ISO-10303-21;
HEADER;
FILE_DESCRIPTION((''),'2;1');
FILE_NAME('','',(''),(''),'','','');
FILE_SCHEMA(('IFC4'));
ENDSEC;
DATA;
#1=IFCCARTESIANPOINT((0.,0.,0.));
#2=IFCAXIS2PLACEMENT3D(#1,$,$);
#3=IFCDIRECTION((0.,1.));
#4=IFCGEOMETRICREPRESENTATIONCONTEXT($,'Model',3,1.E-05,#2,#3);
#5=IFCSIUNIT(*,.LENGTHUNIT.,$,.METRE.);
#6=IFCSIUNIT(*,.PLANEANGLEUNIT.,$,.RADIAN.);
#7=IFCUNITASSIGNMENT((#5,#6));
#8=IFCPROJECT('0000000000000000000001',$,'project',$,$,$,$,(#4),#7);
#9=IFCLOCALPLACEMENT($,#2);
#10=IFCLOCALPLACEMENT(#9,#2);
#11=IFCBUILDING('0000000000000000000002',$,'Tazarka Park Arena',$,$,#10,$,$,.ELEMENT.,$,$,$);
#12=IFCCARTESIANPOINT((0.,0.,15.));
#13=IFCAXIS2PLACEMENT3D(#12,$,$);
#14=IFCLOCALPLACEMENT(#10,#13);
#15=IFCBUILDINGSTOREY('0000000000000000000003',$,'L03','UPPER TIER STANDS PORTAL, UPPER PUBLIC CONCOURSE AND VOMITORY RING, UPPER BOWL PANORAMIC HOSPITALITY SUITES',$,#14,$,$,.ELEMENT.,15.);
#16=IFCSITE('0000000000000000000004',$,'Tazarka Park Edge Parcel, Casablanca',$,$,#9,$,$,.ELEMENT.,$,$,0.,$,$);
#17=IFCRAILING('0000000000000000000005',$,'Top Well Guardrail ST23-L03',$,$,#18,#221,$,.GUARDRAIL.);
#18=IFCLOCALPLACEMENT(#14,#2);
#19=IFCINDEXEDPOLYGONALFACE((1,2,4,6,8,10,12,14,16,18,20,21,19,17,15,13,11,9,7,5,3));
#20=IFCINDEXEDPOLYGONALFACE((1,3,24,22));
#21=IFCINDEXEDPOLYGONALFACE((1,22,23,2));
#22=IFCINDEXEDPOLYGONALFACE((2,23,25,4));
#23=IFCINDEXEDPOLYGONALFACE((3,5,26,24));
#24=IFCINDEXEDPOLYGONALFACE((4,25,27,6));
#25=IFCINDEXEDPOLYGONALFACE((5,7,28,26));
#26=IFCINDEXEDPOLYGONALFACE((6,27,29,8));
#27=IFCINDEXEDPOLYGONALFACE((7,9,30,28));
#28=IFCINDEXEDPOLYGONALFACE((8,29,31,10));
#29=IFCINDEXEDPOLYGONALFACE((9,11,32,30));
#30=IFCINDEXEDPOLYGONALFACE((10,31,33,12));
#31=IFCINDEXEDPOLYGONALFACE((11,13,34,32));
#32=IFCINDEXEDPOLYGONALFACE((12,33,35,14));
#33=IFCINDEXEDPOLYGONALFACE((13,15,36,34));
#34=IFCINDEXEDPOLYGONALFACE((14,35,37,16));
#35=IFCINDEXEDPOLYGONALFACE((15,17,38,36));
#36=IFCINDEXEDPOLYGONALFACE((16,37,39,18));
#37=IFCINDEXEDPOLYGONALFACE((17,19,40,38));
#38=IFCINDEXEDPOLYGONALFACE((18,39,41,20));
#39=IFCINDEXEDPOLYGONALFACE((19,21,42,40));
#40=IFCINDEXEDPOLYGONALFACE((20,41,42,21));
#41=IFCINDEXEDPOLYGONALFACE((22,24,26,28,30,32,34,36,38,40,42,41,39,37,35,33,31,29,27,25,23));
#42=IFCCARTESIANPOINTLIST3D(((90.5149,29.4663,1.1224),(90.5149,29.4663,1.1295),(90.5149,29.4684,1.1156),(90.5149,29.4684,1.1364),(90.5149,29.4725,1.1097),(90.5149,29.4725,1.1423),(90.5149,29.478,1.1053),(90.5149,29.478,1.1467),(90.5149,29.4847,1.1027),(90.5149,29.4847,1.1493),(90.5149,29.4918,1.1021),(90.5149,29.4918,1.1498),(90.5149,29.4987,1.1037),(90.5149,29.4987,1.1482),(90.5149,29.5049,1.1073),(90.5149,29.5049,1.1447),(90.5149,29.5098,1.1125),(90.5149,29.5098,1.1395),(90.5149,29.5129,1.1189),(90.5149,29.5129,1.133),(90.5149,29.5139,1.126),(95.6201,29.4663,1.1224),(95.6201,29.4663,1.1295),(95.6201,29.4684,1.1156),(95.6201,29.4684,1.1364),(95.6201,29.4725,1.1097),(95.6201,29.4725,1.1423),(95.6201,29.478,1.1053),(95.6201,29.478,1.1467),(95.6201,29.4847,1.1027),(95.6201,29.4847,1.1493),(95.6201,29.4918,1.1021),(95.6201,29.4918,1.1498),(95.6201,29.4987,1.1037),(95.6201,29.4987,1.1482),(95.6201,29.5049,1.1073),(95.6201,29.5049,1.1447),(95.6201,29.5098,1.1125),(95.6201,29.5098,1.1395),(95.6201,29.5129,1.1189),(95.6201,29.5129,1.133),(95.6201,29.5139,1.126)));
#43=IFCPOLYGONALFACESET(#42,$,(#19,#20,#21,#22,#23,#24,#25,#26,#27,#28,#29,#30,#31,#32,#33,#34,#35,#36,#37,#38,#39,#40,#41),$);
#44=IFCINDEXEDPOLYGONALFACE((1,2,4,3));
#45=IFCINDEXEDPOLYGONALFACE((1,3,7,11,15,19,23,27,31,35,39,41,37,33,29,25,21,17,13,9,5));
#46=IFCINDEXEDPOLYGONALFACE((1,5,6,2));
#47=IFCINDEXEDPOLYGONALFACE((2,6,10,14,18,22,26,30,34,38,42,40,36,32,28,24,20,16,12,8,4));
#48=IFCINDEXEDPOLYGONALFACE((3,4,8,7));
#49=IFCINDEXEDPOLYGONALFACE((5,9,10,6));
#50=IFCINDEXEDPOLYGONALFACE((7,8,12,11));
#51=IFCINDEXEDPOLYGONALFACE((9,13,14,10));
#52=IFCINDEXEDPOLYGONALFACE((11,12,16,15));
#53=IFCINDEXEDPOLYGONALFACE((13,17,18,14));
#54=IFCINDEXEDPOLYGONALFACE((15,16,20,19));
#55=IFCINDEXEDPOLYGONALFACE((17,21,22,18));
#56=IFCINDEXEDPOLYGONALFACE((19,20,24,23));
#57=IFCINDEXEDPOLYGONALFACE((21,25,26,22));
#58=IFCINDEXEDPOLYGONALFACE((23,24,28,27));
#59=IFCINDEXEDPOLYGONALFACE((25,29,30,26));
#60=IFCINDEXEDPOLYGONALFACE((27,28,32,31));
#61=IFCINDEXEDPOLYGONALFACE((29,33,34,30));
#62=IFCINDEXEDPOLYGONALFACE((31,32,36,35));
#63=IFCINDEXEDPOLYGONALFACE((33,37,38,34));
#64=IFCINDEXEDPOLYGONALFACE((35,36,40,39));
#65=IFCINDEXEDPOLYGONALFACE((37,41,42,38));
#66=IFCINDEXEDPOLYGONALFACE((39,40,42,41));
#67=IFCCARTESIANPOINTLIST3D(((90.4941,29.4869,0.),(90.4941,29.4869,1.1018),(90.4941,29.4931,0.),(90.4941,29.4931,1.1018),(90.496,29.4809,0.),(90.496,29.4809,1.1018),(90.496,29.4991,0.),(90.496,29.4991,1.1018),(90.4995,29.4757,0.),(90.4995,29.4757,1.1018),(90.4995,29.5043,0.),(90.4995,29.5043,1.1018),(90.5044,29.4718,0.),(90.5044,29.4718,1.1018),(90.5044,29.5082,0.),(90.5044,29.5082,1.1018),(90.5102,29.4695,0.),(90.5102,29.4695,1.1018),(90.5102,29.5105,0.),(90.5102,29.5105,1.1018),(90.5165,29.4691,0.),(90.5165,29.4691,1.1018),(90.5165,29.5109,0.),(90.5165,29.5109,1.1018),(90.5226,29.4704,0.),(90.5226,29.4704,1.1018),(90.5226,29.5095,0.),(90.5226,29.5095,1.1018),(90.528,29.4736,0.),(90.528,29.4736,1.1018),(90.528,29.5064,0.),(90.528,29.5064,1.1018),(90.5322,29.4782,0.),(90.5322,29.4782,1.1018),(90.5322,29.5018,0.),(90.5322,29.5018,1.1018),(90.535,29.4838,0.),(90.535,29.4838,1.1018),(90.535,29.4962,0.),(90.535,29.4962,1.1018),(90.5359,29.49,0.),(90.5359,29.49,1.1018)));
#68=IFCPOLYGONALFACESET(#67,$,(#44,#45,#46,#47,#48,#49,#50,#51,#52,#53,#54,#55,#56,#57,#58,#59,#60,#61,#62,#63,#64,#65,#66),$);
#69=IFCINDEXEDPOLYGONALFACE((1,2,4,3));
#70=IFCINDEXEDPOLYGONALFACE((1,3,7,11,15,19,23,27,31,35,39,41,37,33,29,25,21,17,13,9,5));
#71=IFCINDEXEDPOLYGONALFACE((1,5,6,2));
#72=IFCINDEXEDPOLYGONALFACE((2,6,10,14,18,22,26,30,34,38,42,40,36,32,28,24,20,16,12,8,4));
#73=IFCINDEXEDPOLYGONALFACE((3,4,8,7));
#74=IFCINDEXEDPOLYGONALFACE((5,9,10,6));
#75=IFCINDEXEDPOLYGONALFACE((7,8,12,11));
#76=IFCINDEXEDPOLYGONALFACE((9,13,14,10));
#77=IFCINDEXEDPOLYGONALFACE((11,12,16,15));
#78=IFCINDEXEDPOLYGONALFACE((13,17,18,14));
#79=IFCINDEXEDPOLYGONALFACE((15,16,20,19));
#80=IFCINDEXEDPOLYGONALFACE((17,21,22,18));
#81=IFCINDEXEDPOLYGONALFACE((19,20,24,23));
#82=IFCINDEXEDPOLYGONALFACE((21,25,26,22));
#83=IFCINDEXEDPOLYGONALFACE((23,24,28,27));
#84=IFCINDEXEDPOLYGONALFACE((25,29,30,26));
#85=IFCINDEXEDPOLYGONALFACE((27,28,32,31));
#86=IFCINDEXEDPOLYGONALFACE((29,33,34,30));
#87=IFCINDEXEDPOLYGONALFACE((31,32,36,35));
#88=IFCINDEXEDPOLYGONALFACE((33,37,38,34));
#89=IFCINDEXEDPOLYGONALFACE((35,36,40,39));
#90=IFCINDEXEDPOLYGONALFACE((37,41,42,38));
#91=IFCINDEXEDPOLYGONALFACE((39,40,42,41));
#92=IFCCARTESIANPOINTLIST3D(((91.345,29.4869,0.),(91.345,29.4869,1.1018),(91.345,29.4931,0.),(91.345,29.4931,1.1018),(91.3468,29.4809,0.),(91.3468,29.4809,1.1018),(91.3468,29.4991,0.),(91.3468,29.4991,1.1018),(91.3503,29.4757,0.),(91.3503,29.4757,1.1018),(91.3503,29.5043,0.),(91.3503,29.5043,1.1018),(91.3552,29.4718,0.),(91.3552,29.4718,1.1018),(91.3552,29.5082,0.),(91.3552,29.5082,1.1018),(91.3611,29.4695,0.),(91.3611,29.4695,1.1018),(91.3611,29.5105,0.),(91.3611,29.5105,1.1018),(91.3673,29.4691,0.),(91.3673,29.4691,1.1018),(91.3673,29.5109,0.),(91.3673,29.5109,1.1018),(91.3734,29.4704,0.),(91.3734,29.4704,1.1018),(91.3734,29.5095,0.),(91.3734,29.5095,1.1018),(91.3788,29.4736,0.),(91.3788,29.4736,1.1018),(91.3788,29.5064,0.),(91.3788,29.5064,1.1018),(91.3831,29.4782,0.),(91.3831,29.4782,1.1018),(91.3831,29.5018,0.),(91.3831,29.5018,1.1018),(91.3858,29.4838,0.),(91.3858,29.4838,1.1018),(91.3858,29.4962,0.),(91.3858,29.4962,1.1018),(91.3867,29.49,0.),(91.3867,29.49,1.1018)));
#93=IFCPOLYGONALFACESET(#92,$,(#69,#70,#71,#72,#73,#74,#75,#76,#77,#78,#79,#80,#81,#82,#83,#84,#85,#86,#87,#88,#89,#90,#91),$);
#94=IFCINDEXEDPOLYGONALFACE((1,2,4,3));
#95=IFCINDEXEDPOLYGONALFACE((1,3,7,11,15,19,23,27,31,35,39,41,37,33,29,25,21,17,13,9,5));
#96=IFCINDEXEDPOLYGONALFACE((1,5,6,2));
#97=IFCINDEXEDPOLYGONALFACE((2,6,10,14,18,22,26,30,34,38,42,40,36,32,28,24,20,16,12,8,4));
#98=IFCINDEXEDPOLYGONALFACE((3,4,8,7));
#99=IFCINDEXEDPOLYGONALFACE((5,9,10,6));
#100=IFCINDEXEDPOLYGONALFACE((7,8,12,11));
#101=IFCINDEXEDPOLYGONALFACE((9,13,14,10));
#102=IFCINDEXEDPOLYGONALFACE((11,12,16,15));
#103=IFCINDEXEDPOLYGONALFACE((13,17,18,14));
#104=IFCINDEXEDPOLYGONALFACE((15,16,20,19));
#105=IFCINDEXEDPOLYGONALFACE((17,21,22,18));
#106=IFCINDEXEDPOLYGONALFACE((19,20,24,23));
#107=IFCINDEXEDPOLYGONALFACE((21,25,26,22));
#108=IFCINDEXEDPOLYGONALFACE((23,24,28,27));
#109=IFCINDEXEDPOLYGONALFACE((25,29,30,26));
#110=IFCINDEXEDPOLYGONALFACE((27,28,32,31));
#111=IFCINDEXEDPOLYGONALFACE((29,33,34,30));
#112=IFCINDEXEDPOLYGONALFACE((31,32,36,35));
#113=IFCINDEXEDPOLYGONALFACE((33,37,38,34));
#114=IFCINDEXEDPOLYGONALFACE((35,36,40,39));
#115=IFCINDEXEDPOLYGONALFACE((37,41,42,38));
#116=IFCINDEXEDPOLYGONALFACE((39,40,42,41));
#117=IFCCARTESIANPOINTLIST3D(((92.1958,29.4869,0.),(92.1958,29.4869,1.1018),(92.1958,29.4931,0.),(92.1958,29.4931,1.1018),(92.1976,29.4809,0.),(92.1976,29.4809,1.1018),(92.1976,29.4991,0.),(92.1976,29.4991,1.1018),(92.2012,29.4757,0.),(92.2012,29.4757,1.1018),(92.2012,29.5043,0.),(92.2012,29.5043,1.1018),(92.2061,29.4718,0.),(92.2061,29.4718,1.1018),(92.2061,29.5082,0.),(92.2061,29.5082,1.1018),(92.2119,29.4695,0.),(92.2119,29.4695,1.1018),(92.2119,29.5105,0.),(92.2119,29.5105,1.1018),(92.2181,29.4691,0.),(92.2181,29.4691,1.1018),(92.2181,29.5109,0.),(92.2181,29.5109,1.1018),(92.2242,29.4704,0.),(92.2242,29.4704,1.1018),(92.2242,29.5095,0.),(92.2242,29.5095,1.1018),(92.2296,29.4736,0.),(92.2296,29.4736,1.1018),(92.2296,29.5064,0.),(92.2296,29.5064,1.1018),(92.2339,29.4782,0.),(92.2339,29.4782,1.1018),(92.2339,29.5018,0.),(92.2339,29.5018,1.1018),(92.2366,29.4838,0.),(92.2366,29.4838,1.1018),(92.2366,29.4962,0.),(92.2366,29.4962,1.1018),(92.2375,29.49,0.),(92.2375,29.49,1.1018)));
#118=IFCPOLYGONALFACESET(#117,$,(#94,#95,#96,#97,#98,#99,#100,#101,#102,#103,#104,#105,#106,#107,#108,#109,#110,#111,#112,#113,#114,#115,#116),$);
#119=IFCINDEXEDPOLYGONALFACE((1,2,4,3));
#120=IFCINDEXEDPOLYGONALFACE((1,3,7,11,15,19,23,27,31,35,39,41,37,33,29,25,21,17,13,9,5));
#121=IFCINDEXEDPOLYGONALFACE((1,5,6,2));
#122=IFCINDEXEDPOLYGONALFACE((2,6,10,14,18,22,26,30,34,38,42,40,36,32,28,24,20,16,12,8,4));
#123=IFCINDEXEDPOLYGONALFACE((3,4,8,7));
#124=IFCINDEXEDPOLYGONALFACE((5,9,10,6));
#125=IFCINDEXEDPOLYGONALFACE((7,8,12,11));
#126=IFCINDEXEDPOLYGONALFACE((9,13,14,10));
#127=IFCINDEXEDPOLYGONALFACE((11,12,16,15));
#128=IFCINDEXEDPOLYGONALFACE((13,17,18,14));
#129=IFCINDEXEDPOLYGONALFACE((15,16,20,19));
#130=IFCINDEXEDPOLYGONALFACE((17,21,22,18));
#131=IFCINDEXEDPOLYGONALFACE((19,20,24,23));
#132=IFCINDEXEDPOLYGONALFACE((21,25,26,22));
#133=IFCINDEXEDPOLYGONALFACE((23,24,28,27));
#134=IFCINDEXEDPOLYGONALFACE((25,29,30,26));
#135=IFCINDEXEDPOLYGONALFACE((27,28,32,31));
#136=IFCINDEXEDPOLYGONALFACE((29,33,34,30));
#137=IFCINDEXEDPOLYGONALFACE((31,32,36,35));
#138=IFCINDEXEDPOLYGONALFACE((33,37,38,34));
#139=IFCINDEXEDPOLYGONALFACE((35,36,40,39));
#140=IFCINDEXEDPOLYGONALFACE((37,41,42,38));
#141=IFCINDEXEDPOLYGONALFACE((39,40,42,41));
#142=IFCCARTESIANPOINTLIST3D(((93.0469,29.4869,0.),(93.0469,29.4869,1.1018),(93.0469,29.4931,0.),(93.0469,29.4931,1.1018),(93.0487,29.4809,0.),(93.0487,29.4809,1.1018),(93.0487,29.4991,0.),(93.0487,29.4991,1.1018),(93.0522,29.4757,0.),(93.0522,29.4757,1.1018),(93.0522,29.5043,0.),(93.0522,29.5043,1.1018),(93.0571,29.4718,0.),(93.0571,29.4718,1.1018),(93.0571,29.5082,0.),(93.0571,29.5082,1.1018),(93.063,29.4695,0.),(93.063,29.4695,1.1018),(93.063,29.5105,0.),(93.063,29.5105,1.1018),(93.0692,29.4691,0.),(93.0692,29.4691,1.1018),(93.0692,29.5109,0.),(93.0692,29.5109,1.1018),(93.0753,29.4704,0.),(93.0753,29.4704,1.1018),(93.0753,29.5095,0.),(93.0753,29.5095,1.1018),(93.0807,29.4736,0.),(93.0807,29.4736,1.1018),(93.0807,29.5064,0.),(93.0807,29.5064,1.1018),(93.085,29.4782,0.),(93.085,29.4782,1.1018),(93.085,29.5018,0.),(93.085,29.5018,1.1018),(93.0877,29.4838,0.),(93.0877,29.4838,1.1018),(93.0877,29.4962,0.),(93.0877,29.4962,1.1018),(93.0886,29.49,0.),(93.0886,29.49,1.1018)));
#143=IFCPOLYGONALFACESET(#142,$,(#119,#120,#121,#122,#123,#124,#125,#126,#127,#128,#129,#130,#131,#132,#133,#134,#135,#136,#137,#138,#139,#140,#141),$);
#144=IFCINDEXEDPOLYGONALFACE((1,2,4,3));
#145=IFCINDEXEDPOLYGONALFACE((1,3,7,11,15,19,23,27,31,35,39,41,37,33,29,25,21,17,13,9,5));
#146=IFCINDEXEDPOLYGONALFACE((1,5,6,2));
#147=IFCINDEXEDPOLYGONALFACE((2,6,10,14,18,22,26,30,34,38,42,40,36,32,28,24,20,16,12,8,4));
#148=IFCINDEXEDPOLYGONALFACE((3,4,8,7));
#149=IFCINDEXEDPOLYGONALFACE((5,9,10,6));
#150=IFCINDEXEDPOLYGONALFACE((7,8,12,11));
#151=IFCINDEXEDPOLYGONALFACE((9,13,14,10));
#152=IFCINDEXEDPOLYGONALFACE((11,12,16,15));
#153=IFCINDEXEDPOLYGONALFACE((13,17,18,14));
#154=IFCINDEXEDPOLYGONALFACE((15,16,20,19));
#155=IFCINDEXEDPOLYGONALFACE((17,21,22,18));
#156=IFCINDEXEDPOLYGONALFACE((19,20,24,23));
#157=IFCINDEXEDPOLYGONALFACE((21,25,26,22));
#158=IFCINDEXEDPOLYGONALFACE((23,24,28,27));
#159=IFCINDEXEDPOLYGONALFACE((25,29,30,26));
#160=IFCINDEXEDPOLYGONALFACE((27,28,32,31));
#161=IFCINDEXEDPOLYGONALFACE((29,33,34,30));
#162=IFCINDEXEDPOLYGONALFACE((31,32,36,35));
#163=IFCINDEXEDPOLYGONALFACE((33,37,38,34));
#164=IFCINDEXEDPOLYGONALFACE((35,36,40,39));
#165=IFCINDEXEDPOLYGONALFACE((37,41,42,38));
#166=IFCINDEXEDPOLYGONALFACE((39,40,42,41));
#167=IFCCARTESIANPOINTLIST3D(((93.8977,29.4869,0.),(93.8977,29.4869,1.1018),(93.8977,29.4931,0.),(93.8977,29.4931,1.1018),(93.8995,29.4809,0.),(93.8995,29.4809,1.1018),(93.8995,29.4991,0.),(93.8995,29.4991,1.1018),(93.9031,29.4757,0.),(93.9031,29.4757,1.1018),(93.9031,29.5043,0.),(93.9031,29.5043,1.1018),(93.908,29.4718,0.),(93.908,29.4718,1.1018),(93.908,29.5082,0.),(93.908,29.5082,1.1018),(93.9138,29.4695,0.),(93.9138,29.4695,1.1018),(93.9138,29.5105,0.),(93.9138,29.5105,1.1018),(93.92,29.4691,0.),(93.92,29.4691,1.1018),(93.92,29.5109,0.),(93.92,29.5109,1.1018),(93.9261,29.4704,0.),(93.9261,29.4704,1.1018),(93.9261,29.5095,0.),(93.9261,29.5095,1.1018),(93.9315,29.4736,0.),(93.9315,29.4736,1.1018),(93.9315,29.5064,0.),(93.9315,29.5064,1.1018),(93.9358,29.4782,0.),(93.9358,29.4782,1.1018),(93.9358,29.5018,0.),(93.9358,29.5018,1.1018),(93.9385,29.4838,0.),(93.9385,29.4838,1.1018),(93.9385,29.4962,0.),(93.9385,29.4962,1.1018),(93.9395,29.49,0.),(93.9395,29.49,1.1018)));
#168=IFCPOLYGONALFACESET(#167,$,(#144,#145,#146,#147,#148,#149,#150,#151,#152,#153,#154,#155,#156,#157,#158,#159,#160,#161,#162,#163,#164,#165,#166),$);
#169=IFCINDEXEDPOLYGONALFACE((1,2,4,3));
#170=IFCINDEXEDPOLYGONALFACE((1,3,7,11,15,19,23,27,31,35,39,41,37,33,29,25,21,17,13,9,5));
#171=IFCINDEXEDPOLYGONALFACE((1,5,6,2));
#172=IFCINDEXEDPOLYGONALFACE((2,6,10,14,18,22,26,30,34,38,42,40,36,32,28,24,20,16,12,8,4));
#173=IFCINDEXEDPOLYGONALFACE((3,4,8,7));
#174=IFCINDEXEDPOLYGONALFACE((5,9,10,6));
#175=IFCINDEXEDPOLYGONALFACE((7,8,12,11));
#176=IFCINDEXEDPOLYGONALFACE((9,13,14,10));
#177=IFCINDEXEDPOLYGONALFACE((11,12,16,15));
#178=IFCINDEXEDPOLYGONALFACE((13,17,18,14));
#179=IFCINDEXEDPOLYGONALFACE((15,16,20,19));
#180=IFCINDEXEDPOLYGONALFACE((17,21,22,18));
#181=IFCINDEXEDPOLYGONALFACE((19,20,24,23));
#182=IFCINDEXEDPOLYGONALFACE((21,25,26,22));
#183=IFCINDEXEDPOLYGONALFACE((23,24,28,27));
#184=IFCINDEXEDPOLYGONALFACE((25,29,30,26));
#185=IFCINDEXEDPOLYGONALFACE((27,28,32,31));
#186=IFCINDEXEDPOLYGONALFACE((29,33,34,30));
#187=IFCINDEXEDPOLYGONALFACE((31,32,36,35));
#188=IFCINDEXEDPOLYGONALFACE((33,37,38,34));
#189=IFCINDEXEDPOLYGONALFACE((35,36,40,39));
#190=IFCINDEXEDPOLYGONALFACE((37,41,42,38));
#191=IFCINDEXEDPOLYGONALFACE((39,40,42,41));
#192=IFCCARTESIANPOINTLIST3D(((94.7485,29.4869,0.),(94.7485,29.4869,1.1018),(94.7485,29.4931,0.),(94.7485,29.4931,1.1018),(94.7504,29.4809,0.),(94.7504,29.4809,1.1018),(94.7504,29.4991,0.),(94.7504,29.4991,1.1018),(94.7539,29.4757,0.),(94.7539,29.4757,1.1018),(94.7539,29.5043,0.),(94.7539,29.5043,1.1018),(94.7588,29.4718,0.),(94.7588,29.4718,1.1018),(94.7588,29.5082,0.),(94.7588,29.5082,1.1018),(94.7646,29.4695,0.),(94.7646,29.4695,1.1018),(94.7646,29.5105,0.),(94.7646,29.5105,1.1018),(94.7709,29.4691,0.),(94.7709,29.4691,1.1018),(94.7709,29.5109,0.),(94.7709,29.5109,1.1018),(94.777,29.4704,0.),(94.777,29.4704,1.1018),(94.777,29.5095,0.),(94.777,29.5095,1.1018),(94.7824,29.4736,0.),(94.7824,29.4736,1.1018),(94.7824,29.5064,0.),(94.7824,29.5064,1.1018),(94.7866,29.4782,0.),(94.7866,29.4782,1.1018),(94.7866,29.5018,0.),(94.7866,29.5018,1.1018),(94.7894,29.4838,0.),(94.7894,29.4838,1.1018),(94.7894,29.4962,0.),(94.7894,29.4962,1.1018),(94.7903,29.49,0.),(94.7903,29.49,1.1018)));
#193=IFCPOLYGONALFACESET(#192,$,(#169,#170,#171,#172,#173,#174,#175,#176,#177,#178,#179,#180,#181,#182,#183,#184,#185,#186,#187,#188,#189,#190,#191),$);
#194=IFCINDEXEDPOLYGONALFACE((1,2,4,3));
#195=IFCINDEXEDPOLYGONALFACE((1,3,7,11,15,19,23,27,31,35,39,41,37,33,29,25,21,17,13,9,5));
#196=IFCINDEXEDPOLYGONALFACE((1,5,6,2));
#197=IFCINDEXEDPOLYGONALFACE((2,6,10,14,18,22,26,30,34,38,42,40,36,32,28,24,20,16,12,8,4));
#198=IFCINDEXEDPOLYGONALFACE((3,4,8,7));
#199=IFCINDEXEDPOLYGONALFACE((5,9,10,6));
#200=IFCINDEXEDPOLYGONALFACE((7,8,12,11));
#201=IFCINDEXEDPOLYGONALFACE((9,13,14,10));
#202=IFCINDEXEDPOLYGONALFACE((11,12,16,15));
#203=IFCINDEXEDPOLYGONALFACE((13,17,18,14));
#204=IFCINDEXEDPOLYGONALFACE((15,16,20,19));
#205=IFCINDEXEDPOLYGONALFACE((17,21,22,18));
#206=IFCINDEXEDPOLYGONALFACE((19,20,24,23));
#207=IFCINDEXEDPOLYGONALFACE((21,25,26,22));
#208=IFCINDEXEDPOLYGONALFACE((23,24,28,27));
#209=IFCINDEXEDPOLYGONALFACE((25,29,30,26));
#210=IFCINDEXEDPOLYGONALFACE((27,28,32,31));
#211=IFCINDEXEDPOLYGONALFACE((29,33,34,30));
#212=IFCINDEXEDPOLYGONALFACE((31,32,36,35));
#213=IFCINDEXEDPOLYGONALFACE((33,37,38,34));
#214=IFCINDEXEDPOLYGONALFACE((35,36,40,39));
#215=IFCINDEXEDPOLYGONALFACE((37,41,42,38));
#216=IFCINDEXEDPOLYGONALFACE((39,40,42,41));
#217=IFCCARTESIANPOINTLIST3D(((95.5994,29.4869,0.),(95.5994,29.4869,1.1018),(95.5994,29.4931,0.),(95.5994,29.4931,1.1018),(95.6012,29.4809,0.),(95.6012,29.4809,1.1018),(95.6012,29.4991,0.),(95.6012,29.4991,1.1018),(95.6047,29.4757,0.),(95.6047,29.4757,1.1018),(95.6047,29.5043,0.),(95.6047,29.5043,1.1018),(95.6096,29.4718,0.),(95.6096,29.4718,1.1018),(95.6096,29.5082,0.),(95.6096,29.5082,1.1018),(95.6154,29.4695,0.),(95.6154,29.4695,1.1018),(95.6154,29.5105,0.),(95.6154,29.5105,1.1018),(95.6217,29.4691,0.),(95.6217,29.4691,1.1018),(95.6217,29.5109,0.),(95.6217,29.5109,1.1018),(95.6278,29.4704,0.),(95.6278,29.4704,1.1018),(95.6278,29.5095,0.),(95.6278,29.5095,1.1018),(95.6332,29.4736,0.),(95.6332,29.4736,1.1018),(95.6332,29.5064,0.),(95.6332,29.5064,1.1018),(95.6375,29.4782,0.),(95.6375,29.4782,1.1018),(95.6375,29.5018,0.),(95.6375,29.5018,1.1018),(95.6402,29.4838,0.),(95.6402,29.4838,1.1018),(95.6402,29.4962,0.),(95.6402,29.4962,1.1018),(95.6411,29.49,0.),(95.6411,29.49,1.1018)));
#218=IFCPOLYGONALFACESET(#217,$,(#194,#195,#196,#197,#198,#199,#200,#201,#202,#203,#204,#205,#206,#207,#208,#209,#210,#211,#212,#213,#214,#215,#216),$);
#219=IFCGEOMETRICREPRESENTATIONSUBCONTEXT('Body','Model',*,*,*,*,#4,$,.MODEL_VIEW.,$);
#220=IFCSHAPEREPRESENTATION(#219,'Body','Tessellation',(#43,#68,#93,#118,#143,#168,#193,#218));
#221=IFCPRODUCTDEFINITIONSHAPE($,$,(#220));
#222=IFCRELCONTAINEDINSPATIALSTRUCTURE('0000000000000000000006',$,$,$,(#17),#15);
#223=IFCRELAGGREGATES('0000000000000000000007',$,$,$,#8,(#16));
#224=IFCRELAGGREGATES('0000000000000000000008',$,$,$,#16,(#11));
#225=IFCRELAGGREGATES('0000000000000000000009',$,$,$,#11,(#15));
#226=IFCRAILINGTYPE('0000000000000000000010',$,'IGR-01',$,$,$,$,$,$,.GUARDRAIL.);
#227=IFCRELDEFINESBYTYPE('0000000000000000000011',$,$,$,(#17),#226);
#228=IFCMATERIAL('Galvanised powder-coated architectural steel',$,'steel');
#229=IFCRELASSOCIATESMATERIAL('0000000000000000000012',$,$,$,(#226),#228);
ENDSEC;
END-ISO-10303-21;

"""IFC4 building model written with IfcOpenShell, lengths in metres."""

from ifc_helpers import new_model, si_unit, direction, frame, origin, origin_2d, place, context, subcontext, project, spatial, circle, extrude, material, type_object, element, save


model = new_model("IFC4")

# Units and contexts
model_context = context("Model", 3, precision=1e-05, world=origin(), true_north=direction((0.0, 1.0)))
body_context = subcontext(model_context, "Body", "Model", "MODEL_VIEW")
ifc_project = project(units=[si_unit("LENGTHUNIT", "METRE"), si_unit("PLANEANGLEUNIT", "RADIAN")], contexts=[model_context])

# Site, building, storey
site_placement = place(None, origin())
site = spatial("IfcSite", under=ifc_project, at=site_placement, Name="Tazarka Park Edge Parcel, Casablanca", CompositionType="ELEMENT", RefElevation=0.0)
building_placement = place(site_placement, origin())
building = spatial("IfcBuilding", under=site, at=building_placement, Name="Tazarka Park Arena", CompositionType="ELEMENT")
storey_placement = place(building_placement, frame((0.0, 0.0, 15.0)))
storey = spatial("IfcBuildingStorey", under=building, at=storey_placement, Name="L03", Description="UPPER TIER STANDS PORTAL, UPPER PUBLIC CONCOURSE AND VOMITORY RING, UPPER BOWL PANORAMIC HOSPITALITY SUITES", CompositionType="ELEMENT", Elevation=15.0)

# Railing
ifc_material_1 = material(Name="Galvanised powder-coated architectural steel", Category="steel")
railing_type = type_object("IfcRailingType", Name="IGR-01", PredefinedType="GUARDRAIL", material=ifc_material_1)
railing_placement = place(storey_placement, frame((90.5149, 29.49, 0.0)))
element("IfcRailing", 1, at=railing_placement, inside=storey, type_object=railing_type, Name="Top Well Guardrail ST23-L03", PredefinedType="GUARDRAIL", context=body_context, shape_type="SweptSolid", body=[
    extrude(circle(Radius=0.0239, at=origin_2d()), frame((0.0, 0.0, 1.126), z_axis=(1.0, 0.0, 0.0), x_axis=(0.0, 1.0, 0.0)), (0.0, 0.0, 1.0), 5.1052),
    extrude(circle(Radius=0.021, at=origin_2d()), origin(), (0.0, 0.0, 1.0), 1.1018),
    extrude(circle(Radius=0.021, at=origin_2d()), frame((0.8508, 0.0, 0.0)), (0.0, 0.0, 1.0), 1.1018),
    extrude(circle(Radius=0.021, at=origin_2d()), frame((1.7017, 0.0, 0.0)), (0.0, 0.0, 1.0), 1.1018),
    extrude(circle(Radius=0.021, at=origin_2d()), frame((2.5527, 0.0, 0.0)), (0.0, 0.0, 1.0), 1.1018),
    extrude(circle(Radius=0.021, at=origin_2d()), frame((3.4036, 0.0, 0.0)), (0.0, 0.0, 1.0), 1.1018),
    extrude(circle(Radius=0.021, at=origin_2d()), frame((4.2544, 0.0, 0.0)), (0.0, 0.0, 1.0), 1.1018),
    extrude(circle(Radius=0.021, at=origin_2d()), frame((5.1052, 0.0, 0.0)), (0.0, 0.0, 1.0), 1.1018),
])

save(model, "model.ifc")
